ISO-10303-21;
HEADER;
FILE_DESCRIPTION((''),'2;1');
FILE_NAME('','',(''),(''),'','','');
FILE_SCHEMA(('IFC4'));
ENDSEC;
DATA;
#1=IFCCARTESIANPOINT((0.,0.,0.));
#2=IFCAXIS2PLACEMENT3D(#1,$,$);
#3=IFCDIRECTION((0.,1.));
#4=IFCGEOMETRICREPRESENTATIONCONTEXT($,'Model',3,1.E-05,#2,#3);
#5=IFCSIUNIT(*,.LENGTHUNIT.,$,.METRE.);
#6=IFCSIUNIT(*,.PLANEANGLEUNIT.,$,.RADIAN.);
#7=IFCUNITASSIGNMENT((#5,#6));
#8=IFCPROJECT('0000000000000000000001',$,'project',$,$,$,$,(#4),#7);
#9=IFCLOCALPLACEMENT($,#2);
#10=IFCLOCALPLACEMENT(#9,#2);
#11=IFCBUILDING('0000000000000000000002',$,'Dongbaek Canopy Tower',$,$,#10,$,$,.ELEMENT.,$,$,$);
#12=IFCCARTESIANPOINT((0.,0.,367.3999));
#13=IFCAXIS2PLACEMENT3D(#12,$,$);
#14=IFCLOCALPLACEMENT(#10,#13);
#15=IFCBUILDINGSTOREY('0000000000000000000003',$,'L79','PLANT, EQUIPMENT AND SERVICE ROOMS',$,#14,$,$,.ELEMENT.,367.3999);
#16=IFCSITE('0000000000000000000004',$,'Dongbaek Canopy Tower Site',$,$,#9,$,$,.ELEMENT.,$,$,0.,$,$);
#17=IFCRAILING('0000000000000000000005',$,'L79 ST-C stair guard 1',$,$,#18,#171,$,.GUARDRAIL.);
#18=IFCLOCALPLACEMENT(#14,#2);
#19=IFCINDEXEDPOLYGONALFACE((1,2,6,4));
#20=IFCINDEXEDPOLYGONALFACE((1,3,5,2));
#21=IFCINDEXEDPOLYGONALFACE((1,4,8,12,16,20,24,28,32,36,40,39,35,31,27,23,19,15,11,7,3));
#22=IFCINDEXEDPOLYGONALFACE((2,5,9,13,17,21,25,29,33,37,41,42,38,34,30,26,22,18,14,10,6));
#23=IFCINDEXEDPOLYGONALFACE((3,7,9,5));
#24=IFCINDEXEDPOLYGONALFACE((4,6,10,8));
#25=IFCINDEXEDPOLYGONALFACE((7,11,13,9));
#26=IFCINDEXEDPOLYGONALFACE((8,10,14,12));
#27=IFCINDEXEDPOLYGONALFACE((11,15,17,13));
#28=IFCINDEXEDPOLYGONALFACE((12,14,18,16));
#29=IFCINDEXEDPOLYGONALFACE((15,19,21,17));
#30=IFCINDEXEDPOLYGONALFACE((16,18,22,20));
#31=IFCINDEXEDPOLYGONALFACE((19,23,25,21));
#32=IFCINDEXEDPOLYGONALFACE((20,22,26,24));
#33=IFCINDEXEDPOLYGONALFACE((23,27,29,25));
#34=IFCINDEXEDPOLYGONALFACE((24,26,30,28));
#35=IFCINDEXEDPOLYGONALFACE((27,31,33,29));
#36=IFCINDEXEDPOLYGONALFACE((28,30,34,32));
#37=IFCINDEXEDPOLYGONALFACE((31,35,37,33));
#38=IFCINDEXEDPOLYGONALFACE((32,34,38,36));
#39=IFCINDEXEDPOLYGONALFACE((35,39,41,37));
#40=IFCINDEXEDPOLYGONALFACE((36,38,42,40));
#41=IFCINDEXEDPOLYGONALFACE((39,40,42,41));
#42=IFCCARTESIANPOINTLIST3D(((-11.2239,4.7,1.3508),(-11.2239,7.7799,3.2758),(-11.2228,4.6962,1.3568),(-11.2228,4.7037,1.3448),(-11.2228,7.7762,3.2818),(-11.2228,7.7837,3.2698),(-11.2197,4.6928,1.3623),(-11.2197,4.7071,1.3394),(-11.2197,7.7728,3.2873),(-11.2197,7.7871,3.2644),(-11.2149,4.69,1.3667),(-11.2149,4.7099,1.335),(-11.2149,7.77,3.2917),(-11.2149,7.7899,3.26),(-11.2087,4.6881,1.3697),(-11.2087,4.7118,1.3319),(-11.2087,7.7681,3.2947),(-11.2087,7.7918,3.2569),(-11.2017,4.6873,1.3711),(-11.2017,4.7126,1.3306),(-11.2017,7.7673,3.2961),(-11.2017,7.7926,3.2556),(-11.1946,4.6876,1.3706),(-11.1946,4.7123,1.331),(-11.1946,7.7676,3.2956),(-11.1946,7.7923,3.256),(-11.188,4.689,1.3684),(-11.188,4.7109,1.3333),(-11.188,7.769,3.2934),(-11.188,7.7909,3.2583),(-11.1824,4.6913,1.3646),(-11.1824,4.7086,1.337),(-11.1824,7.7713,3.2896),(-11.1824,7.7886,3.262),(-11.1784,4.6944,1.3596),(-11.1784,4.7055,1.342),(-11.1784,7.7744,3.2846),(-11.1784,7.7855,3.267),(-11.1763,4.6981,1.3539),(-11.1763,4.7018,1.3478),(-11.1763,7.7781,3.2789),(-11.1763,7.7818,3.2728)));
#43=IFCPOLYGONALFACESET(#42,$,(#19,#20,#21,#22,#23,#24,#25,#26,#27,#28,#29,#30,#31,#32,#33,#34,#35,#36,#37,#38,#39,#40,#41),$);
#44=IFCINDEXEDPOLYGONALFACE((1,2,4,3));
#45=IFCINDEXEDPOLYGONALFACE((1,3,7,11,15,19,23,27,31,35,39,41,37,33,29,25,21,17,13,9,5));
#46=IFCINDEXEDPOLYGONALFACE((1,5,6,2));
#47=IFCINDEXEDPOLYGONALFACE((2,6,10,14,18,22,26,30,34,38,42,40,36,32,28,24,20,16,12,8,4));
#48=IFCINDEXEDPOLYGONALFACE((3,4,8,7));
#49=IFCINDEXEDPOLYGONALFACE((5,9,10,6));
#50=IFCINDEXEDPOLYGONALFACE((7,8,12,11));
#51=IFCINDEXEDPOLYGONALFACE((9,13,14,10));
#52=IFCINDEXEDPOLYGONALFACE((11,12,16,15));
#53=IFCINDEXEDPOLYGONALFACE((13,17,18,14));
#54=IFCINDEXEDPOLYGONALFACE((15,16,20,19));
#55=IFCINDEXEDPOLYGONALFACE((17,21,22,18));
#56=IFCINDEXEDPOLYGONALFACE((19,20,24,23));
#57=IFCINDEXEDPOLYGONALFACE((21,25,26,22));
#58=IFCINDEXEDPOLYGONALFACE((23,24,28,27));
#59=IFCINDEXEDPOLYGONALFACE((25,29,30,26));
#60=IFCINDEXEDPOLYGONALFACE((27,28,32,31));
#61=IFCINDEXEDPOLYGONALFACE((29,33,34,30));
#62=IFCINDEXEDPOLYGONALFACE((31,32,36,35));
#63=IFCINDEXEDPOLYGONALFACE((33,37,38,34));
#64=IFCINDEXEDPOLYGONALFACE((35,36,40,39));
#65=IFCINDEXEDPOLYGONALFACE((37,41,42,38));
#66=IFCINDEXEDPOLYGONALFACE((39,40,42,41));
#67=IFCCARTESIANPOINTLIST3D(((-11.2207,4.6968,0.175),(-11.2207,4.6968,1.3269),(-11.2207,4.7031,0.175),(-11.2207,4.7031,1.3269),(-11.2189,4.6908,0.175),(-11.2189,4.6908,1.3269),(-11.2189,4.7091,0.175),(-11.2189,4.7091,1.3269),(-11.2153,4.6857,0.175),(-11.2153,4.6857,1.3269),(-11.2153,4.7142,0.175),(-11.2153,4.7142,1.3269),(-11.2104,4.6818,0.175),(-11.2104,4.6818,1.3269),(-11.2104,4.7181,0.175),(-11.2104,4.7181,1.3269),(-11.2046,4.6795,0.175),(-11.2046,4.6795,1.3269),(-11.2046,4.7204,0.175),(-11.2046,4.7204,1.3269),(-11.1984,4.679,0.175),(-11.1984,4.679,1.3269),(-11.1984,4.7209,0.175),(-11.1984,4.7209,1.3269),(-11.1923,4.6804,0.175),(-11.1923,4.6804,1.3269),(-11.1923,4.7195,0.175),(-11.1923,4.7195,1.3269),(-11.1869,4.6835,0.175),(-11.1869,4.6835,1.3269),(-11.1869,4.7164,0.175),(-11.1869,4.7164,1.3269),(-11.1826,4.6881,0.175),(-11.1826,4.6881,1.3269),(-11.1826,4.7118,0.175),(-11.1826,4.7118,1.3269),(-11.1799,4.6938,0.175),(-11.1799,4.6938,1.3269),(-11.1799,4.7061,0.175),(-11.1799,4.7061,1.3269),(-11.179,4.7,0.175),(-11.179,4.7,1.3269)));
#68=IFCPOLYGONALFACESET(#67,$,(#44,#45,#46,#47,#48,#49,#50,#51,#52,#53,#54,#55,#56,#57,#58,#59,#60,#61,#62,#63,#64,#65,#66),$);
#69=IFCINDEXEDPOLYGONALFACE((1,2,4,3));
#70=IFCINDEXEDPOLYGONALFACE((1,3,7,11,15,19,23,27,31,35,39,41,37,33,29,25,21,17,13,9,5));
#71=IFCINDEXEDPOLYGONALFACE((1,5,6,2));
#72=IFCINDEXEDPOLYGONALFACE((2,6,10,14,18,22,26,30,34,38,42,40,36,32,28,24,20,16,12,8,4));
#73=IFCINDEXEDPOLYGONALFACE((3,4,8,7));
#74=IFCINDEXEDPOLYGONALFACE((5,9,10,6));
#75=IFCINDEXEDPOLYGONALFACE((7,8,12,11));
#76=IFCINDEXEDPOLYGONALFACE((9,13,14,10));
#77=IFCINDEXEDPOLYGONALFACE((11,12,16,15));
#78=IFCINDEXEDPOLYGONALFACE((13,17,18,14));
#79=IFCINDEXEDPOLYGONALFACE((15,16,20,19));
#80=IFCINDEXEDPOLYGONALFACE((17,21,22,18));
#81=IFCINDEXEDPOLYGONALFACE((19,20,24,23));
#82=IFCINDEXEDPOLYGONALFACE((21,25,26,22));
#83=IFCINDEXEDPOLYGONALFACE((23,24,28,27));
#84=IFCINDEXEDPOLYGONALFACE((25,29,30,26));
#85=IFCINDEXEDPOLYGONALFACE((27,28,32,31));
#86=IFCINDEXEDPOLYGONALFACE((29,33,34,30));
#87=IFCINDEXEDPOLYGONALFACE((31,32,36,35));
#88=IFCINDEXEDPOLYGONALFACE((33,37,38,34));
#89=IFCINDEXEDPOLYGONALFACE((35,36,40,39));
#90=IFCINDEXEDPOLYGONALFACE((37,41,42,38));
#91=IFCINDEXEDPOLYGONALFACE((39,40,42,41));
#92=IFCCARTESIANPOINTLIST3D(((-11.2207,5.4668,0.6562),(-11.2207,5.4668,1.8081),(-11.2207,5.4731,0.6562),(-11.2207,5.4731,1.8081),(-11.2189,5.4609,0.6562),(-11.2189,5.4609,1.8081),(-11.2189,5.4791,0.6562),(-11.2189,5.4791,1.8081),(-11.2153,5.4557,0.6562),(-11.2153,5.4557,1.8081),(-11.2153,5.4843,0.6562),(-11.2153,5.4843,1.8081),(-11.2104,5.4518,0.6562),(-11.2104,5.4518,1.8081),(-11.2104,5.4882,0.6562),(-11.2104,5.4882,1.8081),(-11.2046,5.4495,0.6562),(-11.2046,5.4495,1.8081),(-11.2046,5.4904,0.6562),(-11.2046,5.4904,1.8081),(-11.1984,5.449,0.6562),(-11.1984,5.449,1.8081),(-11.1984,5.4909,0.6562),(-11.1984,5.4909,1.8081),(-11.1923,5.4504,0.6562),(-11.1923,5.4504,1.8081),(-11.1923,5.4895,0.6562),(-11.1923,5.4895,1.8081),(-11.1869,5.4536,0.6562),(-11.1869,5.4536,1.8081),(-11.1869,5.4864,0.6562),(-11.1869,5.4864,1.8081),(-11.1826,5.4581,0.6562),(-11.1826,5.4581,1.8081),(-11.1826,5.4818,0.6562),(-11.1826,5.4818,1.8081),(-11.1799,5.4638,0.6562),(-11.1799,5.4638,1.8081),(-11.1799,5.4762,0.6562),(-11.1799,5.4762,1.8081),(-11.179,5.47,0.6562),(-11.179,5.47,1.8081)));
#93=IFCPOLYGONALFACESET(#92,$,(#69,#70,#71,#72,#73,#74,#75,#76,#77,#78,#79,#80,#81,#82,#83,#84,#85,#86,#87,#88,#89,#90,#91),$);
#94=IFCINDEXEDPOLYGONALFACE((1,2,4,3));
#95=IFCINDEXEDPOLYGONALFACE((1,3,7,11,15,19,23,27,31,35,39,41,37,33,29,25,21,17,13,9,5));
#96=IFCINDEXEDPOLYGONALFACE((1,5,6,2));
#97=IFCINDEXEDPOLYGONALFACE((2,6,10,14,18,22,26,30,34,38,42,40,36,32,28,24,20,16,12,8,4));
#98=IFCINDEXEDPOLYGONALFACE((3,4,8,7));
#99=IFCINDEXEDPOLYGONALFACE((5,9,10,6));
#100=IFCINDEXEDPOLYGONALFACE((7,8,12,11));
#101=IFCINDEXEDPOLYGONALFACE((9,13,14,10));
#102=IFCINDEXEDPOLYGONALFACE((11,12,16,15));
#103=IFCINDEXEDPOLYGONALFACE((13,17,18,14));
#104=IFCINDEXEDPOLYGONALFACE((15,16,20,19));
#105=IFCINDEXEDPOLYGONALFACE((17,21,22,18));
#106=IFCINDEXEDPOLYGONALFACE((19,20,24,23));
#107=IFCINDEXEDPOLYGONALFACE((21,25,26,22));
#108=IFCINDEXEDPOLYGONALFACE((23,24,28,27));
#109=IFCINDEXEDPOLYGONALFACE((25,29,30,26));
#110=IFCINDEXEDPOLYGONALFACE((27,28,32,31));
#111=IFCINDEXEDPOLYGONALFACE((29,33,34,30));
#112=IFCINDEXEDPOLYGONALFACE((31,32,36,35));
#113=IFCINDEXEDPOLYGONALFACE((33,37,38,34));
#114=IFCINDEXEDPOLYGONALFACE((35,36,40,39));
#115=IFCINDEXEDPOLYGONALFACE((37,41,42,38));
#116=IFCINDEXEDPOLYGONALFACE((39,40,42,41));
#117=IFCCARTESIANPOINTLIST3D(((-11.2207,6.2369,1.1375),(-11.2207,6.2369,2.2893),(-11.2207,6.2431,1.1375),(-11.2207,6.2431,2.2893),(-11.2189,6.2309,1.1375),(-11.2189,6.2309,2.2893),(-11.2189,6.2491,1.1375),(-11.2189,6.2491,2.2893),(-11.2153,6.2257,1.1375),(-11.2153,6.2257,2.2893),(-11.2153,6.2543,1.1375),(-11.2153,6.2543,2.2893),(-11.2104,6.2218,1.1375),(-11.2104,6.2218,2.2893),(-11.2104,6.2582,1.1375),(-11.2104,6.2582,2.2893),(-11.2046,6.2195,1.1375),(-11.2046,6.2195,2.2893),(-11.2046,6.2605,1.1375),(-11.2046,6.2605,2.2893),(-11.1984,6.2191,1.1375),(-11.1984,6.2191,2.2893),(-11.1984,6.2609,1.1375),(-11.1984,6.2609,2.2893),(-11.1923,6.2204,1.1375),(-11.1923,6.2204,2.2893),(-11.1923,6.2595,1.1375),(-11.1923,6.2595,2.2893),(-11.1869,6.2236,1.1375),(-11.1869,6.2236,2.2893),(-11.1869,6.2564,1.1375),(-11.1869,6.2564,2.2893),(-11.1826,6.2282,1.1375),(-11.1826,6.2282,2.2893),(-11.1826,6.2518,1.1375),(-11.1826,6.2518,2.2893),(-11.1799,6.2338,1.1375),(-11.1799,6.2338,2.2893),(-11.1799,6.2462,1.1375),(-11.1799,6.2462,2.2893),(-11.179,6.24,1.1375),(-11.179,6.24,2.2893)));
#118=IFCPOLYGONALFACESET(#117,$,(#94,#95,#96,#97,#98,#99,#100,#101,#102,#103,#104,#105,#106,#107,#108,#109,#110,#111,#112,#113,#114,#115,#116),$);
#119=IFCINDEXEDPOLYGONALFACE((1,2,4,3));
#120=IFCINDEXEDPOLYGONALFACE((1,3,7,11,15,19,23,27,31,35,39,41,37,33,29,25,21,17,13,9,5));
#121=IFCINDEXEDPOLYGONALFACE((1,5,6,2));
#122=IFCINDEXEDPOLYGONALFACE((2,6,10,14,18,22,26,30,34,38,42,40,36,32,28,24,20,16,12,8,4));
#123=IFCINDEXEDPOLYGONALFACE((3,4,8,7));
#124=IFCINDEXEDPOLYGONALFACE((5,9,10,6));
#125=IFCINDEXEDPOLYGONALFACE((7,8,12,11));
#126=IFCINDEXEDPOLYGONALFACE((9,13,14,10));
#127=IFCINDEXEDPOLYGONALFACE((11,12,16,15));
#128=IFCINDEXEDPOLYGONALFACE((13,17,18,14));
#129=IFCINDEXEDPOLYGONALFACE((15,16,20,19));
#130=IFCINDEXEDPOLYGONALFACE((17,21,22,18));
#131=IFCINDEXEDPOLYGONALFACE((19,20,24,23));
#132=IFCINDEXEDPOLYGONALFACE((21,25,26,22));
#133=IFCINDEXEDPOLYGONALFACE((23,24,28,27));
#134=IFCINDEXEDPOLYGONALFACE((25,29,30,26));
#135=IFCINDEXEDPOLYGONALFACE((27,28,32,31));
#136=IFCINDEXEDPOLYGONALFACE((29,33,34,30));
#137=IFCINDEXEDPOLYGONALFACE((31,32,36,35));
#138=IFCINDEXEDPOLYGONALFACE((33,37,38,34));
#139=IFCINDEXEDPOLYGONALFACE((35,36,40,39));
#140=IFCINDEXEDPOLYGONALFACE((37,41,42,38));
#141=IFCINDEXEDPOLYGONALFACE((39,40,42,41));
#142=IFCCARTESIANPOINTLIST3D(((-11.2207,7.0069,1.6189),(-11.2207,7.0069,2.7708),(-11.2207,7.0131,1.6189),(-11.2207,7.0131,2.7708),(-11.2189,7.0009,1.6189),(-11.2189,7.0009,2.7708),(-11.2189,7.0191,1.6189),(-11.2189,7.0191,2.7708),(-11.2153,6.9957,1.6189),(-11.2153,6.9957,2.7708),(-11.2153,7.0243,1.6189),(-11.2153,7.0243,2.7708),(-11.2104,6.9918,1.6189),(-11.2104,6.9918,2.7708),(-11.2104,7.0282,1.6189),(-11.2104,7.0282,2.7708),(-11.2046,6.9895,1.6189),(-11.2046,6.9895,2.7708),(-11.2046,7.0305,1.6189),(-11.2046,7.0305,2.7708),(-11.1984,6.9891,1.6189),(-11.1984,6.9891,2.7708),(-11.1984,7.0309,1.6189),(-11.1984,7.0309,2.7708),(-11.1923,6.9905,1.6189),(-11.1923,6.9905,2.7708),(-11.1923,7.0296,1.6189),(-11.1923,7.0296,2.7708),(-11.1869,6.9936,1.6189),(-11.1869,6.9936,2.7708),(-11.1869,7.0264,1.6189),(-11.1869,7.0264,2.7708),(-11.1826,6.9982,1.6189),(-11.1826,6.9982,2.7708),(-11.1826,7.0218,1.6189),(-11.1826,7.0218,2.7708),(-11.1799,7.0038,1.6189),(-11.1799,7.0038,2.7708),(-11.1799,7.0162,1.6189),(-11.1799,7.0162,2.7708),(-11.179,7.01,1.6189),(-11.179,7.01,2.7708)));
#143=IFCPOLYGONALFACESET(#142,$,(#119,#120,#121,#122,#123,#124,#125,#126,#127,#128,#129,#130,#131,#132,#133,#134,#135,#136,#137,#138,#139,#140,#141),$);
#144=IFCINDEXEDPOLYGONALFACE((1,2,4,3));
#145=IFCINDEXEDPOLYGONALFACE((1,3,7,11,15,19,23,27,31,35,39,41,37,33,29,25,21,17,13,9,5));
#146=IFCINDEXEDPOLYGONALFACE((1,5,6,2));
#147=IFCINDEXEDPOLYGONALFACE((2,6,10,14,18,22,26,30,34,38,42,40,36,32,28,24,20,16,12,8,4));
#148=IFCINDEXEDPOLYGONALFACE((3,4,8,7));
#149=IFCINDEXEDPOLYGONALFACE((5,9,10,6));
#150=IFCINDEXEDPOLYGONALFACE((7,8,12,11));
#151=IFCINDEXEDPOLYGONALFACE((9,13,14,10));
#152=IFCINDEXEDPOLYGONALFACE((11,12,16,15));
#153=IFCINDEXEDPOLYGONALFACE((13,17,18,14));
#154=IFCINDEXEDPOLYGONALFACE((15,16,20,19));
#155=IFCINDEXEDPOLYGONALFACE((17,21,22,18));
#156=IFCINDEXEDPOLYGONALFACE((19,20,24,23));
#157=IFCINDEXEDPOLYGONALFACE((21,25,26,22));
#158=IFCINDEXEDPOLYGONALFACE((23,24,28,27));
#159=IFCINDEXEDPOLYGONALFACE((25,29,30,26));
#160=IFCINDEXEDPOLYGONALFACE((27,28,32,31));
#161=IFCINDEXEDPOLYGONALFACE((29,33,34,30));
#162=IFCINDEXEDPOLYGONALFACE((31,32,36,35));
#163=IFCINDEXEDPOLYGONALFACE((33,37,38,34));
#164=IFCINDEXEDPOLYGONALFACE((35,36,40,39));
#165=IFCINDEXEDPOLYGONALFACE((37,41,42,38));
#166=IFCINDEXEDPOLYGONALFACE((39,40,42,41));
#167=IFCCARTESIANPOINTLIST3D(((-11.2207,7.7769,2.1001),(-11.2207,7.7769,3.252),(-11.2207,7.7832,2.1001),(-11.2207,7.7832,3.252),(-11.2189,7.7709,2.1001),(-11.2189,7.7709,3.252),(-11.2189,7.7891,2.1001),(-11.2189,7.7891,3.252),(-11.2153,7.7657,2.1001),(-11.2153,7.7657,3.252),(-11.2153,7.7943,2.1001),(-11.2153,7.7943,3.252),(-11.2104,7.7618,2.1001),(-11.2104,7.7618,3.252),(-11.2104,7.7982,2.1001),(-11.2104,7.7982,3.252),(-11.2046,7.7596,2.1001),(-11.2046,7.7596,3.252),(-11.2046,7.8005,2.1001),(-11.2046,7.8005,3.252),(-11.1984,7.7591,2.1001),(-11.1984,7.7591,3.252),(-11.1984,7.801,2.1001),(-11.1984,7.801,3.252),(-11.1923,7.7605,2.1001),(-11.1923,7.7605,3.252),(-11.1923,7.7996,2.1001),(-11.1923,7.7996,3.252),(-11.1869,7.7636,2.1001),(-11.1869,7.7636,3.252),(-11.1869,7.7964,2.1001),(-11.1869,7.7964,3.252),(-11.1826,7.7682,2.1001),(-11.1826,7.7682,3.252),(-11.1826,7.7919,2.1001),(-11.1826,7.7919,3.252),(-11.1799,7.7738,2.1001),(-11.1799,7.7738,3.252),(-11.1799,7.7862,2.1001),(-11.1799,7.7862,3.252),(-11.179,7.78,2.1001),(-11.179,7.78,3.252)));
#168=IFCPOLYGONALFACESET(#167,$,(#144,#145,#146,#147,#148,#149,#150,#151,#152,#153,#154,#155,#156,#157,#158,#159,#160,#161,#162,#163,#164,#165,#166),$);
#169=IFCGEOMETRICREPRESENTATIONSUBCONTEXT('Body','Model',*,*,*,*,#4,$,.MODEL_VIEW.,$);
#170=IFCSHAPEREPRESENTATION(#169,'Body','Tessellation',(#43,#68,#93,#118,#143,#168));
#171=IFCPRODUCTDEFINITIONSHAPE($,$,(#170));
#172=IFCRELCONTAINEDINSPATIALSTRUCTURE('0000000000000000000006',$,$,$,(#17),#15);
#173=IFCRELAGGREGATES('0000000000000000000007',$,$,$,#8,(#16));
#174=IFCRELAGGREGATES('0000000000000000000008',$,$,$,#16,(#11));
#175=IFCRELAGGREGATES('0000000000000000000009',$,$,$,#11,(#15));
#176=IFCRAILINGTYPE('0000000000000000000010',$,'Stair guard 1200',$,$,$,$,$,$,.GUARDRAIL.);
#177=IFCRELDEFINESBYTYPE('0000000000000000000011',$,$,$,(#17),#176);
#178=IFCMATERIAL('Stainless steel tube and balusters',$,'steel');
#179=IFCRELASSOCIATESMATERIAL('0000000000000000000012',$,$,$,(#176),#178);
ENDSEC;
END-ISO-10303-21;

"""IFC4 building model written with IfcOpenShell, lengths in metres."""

from ifc_helpers import new_model, si_unit, direction, frame, origin, origin_2d, place, context, subcontext, project, spatial, circle, extrude, material, type_object, element, save


model = new_model("IFC4")

# Units and contexts
model_context = context("Model", 3, precision=1e-05, world=origin(), true_north=direction((0.0, 1.0)))
body_context = subcontext(model_context, "Body", "Model", "MODEL_VIEW")
ifc_project = project(units=[si_unit("LENGTHUNIT", "METRE"), si_unit("PLANEANGLEUNIT", "RADIAN")], contexts=[model_context])

# Site, building, storey
site_placement = place(None, origin())
site = spatial("IfcSite", under=ifc_project, at=site_placement, Name="Dongbaek Canopy Tower Site", CompositionType="ELEMENT", RefElevation=0.0)
building_placement = place(site_placement, origin())
building = spatial("IfcBuilding", under=site, at=building_placement, Name="Dongbaek Canopy Tower", CompositionType="ELEMENT")
storey_placement = place(building_placement, frame((0.0, 0.0, 367.3999)))
storey = spatial("IfcBuildingStorey", under=building, at=storey_placement, Name="L79", Description="PLANT, EQUIPMENT AND SERVICE ROOMS", CompositionType="ELEMENT", Elevation=367.3999)

# Railing
ifc_material_1 = material(Name="Stainless steel tube and balusters", Category="steel")
railing_type_1 = type_object("IfcRailingType", Name="Stair guard 1200", PredefinedType="GUARDRAIL", material=ifc_material_1)
railing_1_placement = place(storey_placement, frame((-11.2, 4.7, 0.175)))
element("IfcRailing", 1, at=railing_1_placement, inside=storey, type_object=railing_type_1, Name="L79 ST-C stair guard 1", PredefinedType="GUARDRAIL", context=body_context, shape_type="SweptSolid", body=[
    extrude(circle(Radius=0.0239, at=origin_2d()), frame((0.0, 0.0, 1.1758), z_axis=(0.0, 0.847998, 0.529999), x_axis=(-1.0, 0.0, 0.0)), (0.0, 0.0, 1.0), 3.6321),
    extrude(circle(Radius=0.021, at=origin_2d()), origin(), (0.0, 0.0, 1.0), 1.1519),
    extrude(circle(Radius=0.021, at=origin_2d()), frame((0.0, 0.77, 0.4812)), (0.0, 0.0, 1.0), 1.1519),
    extrude(circle(Radius=0.021, at=origin_2d()), frame((0.0, 1.54, 0.9624)), (0.0, 0.0, 1.0), 1.1519),
    extrude(circle(Radius=0.021, at=origin_2d()), frame((0.0, 2.3101, 1.4438)), (0.0, 0.0, 1.0), 1.1519),
    extrude(circle(Radius=0.021, at=origin_2d()), frame((0.0, 3.0801, 1.925)), (0.0, 0.0, 1.0), 1.1519),
])

save(model, "model.ifc")
